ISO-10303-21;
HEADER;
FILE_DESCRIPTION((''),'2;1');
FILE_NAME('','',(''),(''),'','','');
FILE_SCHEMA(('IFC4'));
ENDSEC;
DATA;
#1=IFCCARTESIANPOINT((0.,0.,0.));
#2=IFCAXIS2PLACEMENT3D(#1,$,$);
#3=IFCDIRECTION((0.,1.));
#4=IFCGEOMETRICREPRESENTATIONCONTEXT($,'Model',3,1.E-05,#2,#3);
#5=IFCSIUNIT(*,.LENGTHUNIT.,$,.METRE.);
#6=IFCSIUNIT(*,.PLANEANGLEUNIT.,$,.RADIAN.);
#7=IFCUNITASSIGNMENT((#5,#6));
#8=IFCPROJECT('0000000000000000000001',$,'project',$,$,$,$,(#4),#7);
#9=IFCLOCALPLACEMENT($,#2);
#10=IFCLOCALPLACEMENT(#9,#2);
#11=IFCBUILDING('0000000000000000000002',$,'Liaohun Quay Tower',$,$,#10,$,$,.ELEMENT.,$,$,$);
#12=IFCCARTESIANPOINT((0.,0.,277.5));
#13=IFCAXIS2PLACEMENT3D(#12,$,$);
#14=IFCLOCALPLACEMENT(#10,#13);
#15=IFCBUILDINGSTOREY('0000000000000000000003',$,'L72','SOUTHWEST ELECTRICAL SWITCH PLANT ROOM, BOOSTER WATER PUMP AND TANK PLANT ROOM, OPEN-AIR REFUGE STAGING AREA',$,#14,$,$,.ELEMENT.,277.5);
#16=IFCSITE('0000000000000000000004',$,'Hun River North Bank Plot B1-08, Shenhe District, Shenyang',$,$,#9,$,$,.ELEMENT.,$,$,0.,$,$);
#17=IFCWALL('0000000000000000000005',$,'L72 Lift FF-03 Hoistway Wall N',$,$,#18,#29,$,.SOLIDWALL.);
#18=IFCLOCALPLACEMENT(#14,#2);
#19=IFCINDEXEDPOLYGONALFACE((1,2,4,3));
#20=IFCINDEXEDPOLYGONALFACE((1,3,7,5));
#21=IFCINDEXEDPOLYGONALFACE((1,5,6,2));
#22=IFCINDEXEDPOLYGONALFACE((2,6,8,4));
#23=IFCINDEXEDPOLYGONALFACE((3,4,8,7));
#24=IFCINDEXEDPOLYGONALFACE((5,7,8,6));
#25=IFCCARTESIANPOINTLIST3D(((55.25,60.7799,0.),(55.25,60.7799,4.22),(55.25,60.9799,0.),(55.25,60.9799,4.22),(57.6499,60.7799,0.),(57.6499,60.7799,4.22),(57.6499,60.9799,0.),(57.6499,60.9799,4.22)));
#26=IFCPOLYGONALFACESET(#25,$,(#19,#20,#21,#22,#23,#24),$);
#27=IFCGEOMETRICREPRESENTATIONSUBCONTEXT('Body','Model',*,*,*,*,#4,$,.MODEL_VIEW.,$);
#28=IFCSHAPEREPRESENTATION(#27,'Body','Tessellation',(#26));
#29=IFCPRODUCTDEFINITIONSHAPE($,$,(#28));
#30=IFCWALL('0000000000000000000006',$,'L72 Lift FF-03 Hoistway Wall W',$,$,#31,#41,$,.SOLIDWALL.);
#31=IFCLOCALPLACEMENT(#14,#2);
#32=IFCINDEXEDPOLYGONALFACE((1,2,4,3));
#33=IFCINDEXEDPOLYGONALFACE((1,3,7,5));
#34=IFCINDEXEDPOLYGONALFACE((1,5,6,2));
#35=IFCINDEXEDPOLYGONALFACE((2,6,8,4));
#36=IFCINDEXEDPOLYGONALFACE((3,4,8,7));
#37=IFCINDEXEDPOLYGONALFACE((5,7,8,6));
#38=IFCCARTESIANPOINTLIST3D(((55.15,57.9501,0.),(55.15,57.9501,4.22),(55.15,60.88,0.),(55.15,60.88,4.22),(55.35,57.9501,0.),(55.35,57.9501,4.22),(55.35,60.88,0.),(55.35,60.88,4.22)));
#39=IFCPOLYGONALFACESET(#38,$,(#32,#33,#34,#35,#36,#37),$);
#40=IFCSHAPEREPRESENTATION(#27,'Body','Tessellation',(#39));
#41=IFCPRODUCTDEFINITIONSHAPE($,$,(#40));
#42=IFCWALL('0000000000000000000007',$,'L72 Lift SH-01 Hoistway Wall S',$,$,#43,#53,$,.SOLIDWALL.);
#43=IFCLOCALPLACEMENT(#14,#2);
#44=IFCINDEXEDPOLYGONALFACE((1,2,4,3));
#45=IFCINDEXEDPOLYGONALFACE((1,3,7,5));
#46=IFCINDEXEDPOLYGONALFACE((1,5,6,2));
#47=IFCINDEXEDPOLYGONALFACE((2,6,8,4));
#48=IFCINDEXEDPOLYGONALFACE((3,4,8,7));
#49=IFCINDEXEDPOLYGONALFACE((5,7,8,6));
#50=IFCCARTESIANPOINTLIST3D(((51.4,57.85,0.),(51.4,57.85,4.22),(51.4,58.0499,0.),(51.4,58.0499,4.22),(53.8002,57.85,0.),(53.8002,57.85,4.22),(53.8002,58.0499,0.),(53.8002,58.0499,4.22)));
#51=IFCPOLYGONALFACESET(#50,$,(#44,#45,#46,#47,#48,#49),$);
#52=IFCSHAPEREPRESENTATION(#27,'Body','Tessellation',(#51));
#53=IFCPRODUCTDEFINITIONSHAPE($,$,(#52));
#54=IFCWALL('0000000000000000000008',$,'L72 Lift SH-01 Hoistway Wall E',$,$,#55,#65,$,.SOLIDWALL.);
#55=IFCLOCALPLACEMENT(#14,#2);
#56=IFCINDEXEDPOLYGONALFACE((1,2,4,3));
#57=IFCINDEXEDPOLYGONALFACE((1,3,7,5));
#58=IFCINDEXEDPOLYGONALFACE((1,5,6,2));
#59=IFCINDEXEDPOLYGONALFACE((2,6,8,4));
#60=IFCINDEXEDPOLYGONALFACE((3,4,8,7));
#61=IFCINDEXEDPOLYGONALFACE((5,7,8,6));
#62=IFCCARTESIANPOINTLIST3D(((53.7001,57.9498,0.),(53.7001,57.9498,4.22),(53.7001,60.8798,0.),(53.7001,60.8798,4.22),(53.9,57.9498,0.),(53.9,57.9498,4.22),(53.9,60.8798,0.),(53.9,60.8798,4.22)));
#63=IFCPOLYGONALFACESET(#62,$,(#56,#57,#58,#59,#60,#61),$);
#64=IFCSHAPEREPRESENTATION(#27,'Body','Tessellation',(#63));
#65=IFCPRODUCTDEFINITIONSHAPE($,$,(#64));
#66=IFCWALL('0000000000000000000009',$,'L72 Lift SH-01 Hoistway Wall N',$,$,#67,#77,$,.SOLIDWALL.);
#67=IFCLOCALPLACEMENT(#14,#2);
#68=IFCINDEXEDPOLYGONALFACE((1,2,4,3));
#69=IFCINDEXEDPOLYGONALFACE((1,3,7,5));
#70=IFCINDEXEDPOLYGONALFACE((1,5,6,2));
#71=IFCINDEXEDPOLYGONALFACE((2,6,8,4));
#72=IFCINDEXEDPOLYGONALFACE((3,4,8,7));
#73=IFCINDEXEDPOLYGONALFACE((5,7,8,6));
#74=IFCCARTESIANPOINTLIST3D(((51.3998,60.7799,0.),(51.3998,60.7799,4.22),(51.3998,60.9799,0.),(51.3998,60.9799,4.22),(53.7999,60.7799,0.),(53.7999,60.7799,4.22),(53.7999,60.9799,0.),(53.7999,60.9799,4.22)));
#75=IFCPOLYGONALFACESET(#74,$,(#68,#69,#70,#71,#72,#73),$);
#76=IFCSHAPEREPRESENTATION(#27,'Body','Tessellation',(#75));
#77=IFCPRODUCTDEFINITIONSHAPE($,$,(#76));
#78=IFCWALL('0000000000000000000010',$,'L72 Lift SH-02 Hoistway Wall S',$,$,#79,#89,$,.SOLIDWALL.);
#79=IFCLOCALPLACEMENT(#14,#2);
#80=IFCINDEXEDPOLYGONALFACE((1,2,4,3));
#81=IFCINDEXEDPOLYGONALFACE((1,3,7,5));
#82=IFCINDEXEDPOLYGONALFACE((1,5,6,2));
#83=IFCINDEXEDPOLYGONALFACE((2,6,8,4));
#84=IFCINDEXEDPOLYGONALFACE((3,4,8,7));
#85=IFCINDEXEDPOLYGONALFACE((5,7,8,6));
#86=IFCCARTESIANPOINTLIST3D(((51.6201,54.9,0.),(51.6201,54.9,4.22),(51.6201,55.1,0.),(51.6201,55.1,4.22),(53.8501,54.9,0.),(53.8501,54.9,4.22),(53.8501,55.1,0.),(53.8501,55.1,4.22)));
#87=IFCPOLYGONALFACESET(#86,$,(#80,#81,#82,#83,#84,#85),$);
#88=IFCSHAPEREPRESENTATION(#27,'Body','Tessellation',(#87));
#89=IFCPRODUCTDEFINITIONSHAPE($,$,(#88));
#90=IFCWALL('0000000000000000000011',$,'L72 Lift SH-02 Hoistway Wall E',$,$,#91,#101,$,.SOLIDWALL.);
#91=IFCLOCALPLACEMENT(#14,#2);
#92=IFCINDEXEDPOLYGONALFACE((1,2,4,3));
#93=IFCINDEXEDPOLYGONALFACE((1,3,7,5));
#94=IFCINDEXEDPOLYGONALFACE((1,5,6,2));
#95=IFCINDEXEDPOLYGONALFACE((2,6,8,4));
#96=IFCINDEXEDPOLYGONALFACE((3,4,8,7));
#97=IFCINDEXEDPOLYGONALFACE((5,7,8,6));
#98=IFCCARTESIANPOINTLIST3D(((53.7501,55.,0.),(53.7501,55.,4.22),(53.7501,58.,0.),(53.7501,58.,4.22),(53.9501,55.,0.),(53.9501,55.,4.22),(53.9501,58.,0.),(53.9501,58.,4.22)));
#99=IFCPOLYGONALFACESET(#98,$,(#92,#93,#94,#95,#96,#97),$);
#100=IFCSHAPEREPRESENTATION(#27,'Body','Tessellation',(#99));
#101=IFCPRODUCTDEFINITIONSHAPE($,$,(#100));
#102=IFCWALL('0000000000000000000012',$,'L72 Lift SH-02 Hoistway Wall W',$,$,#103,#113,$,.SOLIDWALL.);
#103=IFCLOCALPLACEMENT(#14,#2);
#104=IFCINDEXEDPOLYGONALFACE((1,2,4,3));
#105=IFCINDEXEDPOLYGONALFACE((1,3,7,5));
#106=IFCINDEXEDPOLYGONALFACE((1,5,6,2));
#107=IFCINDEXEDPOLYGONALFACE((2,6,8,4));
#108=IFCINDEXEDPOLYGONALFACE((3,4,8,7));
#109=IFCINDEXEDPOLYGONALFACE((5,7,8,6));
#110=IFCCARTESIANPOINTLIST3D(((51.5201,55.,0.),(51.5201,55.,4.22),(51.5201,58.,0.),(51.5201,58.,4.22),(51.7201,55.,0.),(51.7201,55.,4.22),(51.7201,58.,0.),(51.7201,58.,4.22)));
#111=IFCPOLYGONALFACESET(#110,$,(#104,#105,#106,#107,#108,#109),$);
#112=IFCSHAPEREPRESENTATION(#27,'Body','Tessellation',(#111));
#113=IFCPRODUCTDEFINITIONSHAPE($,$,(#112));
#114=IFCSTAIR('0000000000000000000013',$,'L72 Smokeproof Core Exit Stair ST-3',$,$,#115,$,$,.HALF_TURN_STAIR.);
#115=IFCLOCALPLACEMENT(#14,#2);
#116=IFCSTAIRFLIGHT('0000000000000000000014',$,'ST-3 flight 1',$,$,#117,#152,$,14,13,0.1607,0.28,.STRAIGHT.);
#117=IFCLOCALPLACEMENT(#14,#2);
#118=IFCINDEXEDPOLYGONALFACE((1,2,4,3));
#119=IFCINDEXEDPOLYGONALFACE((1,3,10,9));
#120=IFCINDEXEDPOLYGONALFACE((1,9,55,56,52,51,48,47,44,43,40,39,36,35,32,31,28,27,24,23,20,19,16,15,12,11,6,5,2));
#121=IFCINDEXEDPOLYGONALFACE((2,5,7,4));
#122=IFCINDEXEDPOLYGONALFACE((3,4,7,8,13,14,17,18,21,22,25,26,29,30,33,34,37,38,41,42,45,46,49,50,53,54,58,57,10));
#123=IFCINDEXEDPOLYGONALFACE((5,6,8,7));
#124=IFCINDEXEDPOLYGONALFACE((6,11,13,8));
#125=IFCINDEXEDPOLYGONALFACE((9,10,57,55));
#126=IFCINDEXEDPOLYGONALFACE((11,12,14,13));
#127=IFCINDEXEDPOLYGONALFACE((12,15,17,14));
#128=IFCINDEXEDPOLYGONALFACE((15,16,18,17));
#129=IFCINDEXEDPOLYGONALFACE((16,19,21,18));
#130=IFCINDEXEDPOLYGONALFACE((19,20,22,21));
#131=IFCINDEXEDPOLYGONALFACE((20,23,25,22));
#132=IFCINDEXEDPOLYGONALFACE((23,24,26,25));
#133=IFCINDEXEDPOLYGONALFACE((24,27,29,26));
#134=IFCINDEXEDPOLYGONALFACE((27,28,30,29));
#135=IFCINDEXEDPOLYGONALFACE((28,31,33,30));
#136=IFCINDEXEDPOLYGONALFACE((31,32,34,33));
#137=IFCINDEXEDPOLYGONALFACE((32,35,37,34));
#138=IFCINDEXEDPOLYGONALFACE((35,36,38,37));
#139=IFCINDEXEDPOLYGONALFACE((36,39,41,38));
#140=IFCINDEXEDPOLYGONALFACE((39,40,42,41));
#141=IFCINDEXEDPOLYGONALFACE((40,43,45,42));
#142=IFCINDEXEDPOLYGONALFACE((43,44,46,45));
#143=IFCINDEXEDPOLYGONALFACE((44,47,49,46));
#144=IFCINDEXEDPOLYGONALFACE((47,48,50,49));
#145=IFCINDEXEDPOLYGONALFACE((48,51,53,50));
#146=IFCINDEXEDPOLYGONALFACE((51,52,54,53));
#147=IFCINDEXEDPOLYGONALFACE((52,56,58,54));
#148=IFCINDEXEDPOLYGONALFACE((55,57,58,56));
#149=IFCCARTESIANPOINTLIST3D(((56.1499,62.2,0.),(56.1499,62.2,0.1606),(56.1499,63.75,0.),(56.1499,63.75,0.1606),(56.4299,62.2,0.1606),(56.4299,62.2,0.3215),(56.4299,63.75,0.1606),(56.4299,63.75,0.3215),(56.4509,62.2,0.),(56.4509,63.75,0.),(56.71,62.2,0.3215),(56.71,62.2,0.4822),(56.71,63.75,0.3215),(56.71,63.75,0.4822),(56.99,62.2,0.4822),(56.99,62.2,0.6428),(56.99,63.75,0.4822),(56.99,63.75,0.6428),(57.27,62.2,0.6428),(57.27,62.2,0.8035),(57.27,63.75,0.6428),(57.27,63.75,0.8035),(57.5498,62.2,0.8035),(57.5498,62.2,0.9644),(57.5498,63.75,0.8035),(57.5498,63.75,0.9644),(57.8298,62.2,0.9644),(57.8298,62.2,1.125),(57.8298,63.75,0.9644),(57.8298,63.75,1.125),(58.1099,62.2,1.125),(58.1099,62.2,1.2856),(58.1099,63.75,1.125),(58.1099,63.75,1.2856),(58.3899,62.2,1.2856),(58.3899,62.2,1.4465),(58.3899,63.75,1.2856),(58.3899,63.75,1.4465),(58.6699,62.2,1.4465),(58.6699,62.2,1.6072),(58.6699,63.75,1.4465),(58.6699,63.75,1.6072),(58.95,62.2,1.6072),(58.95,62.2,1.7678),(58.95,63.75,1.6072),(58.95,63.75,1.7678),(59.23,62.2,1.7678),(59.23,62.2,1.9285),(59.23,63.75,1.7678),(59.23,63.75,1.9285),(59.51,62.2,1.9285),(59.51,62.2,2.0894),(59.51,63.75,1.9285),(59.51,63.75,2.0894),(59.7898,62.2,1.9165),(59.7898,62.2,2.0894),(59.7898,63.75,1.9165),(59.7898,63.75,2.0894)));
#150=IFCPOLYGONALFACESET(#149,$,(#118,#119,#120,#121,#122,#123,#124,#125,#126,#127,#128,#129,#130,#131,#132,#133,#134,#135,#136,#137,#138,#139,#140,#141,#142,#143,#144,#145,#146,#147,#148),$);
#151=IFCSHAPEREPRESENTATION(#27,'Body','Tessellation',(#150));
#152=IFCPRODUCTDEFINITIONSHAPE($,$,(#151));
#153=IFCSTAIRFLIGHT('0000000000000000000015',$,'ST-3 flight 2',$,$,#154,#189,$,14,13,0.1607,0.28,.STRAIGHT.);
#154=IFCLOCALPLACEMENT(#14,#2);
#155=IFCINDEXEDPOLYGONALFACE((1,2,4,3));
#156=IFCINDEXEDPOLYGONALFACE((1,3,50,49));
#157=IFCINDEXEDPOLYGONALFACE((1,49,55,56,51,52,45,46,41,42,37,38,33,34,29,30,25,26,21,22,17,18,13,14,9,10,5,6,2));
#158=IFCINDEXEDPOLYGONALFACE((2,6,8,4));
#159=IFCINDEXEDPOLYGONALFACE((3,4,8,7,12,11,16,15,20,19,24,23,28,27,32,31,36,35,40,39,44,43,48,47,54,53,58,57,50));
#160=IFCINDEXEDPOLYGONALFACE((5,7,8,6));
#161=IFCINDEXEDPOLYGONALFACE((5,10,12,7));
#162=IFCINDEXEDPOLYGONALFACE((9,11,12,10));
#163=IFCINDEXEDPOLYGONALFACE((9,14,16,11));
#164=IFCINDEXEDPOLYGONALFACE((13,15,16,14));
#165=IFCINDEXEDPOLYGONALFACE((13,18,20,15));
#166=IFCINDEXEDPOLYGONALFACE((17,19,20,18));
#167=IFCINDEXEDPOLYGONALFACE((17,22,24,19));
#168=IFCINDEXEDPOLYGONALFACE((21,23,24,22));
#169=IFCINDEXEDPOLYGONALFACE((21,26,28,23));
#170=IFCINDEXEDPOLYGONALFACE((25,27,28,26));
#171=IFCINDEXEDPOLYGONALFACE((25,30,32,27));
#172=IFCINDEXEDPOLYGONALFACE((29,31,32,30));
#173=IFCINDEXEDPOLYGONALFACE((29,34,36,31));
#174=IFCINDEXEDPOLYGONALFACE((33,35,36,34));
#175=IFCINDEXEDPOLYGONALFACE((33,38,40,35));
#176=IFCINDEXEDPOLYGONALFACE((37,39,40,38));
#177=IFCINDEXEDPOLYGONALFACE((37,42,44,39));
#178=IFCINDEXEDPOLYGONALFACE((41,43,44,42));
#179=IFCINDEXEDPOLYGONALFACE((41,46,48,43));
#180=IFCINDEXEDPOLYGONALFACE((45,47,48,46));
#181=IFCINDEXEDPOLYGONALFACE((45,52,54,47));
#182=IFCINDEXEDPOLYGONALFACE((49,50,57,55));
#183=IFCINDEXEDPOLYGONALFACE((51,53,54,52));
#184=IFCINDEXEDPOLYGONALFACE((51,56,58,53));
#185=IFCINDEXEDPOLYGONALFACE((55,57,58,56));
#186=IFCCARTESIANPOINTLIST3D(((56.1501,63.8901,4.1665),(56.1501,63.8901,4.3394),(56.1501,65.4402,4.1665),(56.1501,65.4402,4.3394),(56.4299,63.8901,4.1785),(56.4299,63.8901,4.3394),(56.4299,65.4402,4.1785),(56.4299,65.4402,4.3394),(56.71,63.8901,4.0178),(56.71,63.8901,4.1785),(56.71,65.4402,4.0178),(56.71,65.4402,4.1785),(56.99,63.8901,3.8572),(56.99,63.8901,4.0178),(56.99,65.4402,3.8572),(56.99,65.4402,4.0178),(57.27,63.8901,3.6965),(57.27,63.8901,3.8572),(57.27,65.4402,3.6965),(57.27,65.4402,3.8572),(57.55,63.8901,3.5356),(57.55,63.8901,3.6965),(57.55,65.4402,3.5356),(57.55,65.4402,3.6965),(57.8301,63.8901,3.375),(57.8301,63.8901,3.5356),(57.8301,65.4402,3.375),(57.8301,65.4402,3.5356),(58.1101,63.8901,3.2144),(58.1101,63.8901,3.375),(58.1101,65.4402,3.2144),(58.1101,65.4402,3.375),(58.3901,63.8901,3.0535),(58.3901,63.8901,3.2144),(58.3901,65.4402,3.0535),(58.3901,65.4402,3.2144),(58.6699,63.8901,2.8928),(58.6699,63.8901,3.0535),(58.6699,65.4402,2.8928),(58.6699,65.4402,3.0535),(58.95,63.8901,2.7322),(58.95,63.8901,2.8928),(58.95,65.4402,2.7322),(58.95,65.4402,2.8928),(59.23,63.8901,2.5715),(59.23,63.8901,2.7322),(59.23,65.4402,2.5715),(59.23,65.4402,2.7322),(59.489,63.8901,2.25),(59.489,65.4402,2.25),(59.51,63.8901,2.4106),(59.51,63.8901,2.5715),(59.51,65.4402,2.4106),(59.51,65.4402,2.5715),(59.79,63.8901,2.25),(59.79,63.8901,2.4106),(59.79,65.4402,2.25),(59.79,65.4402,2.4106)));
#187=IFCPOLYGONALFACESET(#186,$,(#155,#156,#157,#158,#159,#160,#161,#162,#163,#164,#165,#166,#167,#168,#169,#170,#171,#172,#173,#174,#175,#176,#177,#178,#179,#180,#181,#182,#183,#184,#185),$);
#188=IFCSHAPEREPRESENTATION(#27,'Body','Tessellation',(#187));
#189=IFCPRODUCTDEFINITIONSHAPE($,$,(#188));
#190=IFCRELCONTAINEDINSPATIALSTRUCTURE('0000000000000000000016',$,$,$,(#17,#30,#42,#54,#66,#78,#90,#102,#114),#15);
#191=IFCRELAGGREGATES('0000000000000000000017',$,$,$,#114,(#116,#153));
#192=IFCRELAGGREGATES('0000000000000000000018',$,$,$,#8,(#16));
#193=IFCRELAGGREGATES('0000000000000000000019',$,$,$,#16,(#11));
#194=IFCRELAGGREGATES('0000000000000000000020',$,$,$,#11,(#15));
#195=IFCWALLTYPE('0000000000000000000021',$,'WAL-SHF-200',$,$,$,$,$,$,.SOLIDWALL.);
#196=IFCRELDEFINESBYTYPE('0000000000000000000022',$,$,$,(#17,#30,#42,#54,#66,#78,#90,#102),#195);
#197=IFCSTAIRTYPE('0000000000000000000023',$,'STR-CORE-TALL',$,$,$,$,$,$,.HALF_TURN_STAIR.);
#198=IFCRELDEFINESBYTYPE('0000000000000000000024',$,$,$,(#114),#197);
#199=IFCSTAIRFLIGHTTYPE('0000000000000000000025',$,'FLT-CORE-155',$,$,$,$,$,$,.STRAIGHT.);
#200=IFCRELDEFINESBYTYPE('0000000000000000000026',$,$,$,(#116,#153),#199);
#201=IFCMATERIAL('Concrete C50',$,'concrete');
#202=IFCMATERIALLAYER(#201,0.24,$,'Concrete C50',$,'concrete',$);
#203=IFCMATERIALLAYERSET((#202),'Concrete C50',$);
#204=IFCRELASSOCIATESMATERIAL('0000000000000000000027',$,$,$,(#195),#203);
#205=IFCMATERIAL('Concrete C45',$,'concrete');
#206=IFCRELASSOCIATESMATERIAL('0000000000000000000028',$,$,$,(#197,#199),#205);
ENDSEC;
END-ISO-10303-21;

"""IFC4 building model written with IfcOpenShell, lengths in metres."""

from ifc_helpers import new_model, si_unit, direction, frame, frame_2d, origin, place, context, subcontext, project, spatial, polyline, rectangle, outline, extrude, material, layer, layer_set, type_object, element, aggregate, save


model = new_model("IFC4")

# Units and contexts
model_context = context("Model", 3, precision=1e-05, world=origin(), true_north=direction((0.0, 1.0)))
body_context = subcontext(model_context, "Body", "Model", "MODEL_VIEW")
ifc_project = project(units=[si_unit("LENGTHUNIT", "METRE"), si_unit("PLANEANGLEUNIT", "RADIAN")], contexts=[model_context])

# Site, building, storey
site_placement = place(None, origin())
site = spatial("IfcSite", under=ifc_project, at=site_placement, Name="Hun River North Bank Plot B1-08, Shenhe District, Shenyang", CompositionType="ELEMENT", RefElevation=0.0)
building_placement = place(site_placement, origin())
building = spatial("IfcBuilding", under=site, at=building_placement, Name="Liaohun Quay Tower", CompositionType="ELEMENT")
storey_placement = place(building_placement, frame((0.0, 0.0, 277.5)))
storey = spatial("IfcBuildingStorey", under=building, at=storey_placement, Name="L72", Description="SOUTHWEST ELECTRICAL SWITCH PLANT ROOM, BOOSTER WATER PUMP AND TANK PLANT ROOM, OPEN-AIR REFUGE STAGING AREA", CompositionType="ELEMENT", Elevation=277.5)

# Shared definitions
ifc_material_1 = material(Name="Concrete C50", Category="concrete")
ifc_layer_1 = layer(ifc_material_1, 0.24, Name="Concrete C50", Category="concrete")
ifc_layer_set_1 = layer_set([ifc_layer_1], Name="Concrete C50")
wall_type_1 = type_object("IfcWallType", Name="WAL-SHF-200", PredefinedType="SOLIDWALL", material=ifc_layer_set_1)

# Walls
wall_1_placement = place(storey_placement, frame((57.6499, 60.8799, 0.0), z_axis=(0.0, 0.0, 1.0), x_axis=(-1.0, 0.0, 0.0)))
element("IfcWall", 1, at=wall_1_placement, inside=storey, type_object=wall_type_1, Name="L72 Lift FF-03 Hoistway Wall N", PredefinedType="SOLIDWALL", context=body_context, shape_type="SweptSolid", body=[
    extrude(rectangle(XDim=2.3999, YDim=0.2, at=frame_2d((1.2, 0.0))), origin(), (0.0, 0.0, 1.0), 4.22),
])
wall_2_placement = place(storey_placement, frame((55.25, 60.8799, 0.0), z_axis=(0.0, 0.0, 1.0), x_axis=(0.0, -1.0, 0.0)))
element("IfcWall", 2, at=wall_2_placement, inside=storey, type_object=wall_type_1, Name="L72 Lift FF-03 Hoistway Wall W", PredefinedType="SOLIDWALL", context=body_context, shape_type="SweptSolid", body=[
    extrude(rectangle(XDim=2.9299, YDim=0.2, at=frame_2d((1.4648, 0.0))), origin(), (0.0, 0.0, 1.0), 4.22),
])
wall_3_placement = place(storey_placement, frame((51.3999, 57.95, 0.0), z_axis=(0.0, 0.0, 1.0), x_axis=(1.0, 0.0, 0.0)))
element("IfcWall", 3, at=wall_3_placement, inside=storey, type_object=wall_type_1, Name="L72 Lift SH-01 Hoistway Wall S", PredefinedType="SOLIDWALL", context=body_context, shape_type="SweptSolid", body=[
    extrude(rectangle(XDim=2.4001, YDim=0.2, at=frame_2d((1.2002, 0.0))), origin(), (0.0, 0.0, 1.0), 4.22),
])
wall_4_placement = place(storey_placement, frame((53.8, 57.95, 0.0), z_axis=(0.0, 0.0, 1.0), x_axis=(0.0, 1.0, 0.0)))
element("IfcWall", 4, at=wall_4_placement, inside=storey, type_object=wall_type_1, Name="L72 Lift SH-01 Hoistway Wall E", PredefinedType="SOLIDWALL", context=body_context, shape_type="SweptSolid", body=[
    extrude(rectangle(XDim=2.9299, YDim=0.2, at=frame_2d((1.4648, 0.0))), origin(), (0.0, 0.0, 1.0), 4.22),
])
wall_5_placement = place(storey_placement, frame((53.8, 60.8799, 0.0), z_axis=(0.0, 0.0, 1.0), x_axis=(-1.0, 0.0, 0.0)))
element("IfcWall", 5, at=wall_5_placement, inside=storey, type_object=wall_type_1, Name="L72 Lift SH-01 Hoistway Wall N", PredefinedType="SOLIDWALL", context=body_context, shape_type="SweptSolid", body=[
    extrude(rectangle(XDim=2.4001, YDim=0.2, at=frame_2d((1.2002, 0.0))), origin(), (0.0, 0.0, 1.0), 4.22),
])
wall_6_placement = place(storey_placement, frame((51.6201, 55.0, 0.0), z_axis=(0.0, 0.0, 1.0), x_axis=(1.0, 0.0, 0.0)))
element("IfcWall", 6, at=wall_6_placement, inside=storey, type_object=wall_type_1, Name="L72 Lift SH-02 Hoistway Wall S", PredefinedType="SOLIDWALL", context=body_context, shape_type="SweptSolid", body=[
    extrude(rectangle(XDim=2.23, YDim=0.2, at=frame_2d((1.115, 0.0))), origin(), (0.0, 0.0, 1.0), 4.22),
])
for number, where, z_axis, x_axis, name in (
    (7, (53.8501, 55.0, 0.0), (0.0, 0.0, 1.0), (0.0, 1.0, 0.0), "L72 Lift SH-02 Hoistway Wall E"),
    (8, (51.6201, 58.0, 0.0), (0.0, 0.0, 1.0), (0.0, -1.0, 0.0), "L72 Lift SH-02 Hoistway Wall W"),
):
    element("IfcWall", number, at=place(storey_placement, frame(where, z_axis=z_axis, x_axis=x_axis)), inside=storey, type_object=wall_type_1, Name=name, PredefinedType="SOLIDWALL", context=body_context, shape_type="SweptSolid", body=[
        extrude(rectangle(XDim=3.0, YDim=0.2, at=frame_2d((1.5, 0.0))), origin(), (0.0, 0.0, 1.0), 4.22),
    ])

# Stair, stair flights
ifc_material_2 = material(Name="Concrete C45", Category="concrete")
stair_type = type_object("IfcStairType", Name="STR-CORE-TALL", PredefinedType="HALF_TURN_STAIR", material=ifc_material_2)
stair_placement = place(storey_placement, origin())
stair = element("IfcStair", 9, at=stair_placement, inside=storey, type_object=stair_type, Name="L72 Smokeproof Core Exit Stair ST-3", PredefinedType="HALF_TURN_STAIR")
stair_flight_type = type_object("IfcStairFlightType", Name="FLT-CORE-155", PredefinedType="STRAIGHT", material=ifc_material_2)
stair_flight_1_placement = place(storey_placement, frame((56.1499, 62.9751, 0.0), z_axis=(0.0, 0.0, 1.0), x_axis=(1.0, 0.0, 0.0)))
stair_flight_1 = element("IfcStairFlight", 10, at=stair_flight_1_placement, type_object=stair_flight_type, Name="ST-3 flight 1", NumberOfRisers=14, NumberOfTreads=13, PredefinedType="STRAIGHT", RiserHeight=0.1607, TreadLength=0.28, context=body_context, shape_type="SweptSolid", body=[
    extrude(outline(polyline([(0.0, 0.0), (0.0, 0.1606), (0.28, 0.1606), (0.28, 0.3215), (0.5601, 0.3215), (0.5601, 0.4822), (0.8401, 0.4822), (0.8401, 0.6428), (1.1201, 0.6428), (1.1201, 0.8035), (1.3999, 0.8035), (1.3999, 0.9644), (1.6799, 0.9644), (1.6799, 1.125), (1.96, 1.125), (1.96, 1.2856), (2.24, 1.2856), (2.24, 1.4465), (2.52, 1.4465), (2.52, 1.6072), (2.8, 1.6072), (2.8, 1.7678), (3.0801, 1.7678), (3.0801, 1.9285), (3.3601, 1.9285), (3.3601, 2.0894), (3.6399, 2.0894), (3.6399, 2.25), (3.6399, 1.9165), (0.301, 0.0), (0.0, 0.0)])), frame((0.0, 0.7749, 0.0), z_axis=(0.0, -1.0, 0.0), x_axis=(1.0, 0.0, 0.0)), (0.0, 0.0, 1.0), 1.55),
])
stair_flight_2_placement = place(storey_placement, frame((59.79, 64.665, 2.25), z_axis=(0.0, 0.0, 1.0), x_axis=(-1.0, 0.0, 0.0)))
stair_flight_2 = element("IfcStairFlight", 11, at=stair_flight_2_placement, type_object=stair_flight_type, Name="ST-3 flight 2", NumberOfRisers=14, NumberOfTreads=13, PredefinedType="STRAIGHT", RiserHeight=0.1607, TreadLength=0.28, context=body_context, shape_type="SweptSolid", body=[
    extrude(outline(polyline([(0.0, 0.0), (0.0, 0.1606), (0.28, 0.1606), (0.28, 0.3215), (0.5601, 0.3215), (0.5601, 0.4822), (0.8401, 0.4822), (0.8401, 0.6428), (1.1201, 0.6428), (1.1201, 0.8035), (1.3999, 0.8035), (1.3999, 0.9644), (1.6799, 0.9644), (1.6799, 1.125), (1.96, 1.125), (1.96, 1.2856), (2.24, 1.2856), (2.24, 1.4465), (2.52, 1.4465), (2.52, 1.6072), (2.8, 1.6072), (2.8, 1.7678), (3.0801, 1.7678), (3.0801, 1.9285), (3.3601, 1.9285), (3.3601, 2.0894), (3.6399, 2.0894), (3.6399, 2.25), (3.6399, 1.9165), (0.301, 0.0), (0.0, 0.0)])), frame((0.0, 0.7749, 0.0), z_axis=(0.0, -1.0, 0.0), x_axis=(1.0, 0.0, 0.0)), (0.0, 0.0, 1.0), 1.55),
])
aggregate(stair, [stair_flight_1, stair_flight_2])

save(model, "model.ifc")
